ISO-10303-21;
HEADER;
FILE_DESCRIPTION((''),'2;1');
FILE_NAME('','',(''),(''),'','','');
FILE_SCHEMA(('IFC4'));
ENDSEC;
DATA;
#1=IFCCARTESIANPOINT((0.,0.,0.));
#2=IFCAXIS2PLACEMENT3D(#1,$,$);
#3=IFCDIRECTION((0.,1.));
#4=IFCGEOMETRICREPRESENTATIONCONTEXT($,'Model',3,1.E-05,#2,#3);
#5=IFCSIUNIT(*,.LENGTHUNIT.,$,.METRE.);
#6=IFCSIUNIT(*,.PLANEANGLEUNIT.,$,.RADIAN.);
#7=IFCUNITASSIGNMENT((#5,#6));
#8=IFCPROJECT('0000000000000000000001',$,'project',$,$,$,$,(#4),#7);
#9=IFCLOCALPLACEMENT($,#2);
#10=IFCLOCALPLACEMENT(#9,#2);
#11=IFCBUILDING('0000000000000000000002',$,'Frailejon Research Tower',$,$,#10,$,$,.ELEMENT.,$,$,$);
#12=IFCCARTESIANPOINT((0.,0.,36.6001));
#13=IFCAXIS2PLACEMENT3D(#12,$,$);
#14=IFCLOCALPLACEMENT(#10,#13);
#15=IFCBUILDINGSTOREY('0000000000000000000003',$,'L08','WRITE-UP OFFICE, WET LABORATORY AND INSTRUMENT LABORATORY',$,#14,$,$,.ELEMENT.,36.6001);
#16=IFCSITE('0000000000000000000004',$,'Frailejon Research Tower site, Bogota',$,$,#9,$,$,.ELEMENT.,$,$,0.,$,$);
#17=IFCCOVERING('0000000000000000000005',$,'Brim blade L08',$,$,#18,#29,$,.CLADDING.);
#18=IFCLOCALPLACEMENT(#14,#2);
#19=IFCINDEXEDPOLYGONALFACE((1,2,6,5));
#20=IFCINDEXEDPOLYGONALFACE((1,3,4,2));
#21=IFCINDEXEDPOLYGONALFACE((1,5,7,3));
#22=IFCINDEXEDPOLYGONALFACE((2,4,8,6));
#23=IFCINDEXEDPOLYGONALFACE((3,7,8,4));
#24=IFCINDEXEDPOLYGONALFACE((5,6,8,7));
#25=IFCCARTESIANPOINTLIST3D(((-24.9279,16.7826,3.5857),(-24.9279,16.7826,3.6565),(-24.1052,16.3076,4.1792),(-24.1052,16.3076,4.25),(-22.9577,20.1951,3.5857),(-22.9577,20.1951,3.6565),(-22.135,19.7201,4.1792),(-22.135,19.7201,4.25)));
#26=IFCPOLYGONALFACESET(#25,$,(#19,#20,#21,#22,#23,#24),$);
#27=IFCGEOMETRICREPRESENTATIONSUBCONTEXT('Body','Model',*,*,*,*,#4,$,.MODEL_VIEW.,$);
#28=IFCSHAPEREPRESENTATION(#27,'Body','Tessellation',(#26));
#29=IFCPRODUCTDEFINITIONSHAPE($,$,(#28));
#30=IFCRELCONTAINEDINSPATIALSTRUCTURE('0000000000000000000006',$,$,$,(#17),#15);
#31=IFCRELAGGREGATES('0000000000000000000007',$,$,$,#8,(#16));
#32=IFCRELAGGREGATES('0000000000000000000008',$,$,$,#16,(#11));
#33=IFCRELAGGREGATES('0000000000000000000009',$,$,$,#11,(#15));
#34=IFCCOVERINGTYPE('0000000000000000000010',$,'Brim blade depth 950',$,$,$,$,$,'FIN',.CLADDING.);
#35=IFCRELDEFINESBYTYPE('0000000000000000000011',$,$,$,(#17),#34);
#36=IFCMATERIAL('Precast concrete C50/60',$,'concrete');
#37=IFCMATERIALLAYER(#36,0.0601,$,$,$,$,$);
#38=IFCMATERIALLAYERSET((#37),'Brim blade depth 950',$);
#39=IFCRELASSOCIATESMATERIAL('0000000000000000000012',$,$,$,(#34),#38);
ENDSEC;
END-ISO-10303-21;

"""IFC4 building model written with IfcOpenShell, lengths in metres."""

from ifc_helpers import new_model, si_unit, direction, frame, origin, place, context, subcontext, project, spatial, polyline, outline, extrude, material, layer, layer_set, type_object, element, save


model = new_model("IFC4")

# Units and contexts
model_context = context("Model", 3, precision=1e-05, world=origin(), true_north=direction((0.0, 1.0)))
body_context = subcontext(model_context, "Body", "Model", "MODEL_VIEW")
ifc_project = project(units=[si_unit("LENGTHUNIT", "METRE"), si_unit("PLANEANGLEUNIT", "RADIAN")], contexts=[model_context])

# Site, building, storey
site_placement = place(None, origin())
site = spatial("IfcSite", under=ifc_project, at=site_placement, Name="Frailejon Research Tower site, Bogota", CompositionType="ELEMENT", RefElevation=0.0)
building_placement = place(site_placement, origin())
building = spatial("IfcBuilding", under=site, at=building_placement, Name="Frailejon Research Tower", CompositionType="ELEMENT")
storey_placement = place(building_placement, frame((0.0, 0.0, 36.6001)))
storey = spatial("IfcBuildingStorey", under=building, at=storey_placement, Name="L08", Description="WRITE-UP OFFICE, WET LABORATORY AND INSTRUMENT LABORATORY", CompositionType="ELEMENT", Elevation=36.6001)

# Covering
ifc_material_1 = material(Name="Precast concrete C50/60", Category="concrete")
ifc_layer_1 = layer(ifc_material_1, 0.0601)
ifc_layer_set_1 = layer_set([ifc_layer_1], Name="Brim blade depth 950")
covering_type_1 = type_object("IfcCoveringType", Name="Brim blade depth 950", ElementType="FIN", PredefinedType="CLADDING", material=ifc_layer_set_1)
covering_1_placement = place(storey_placement, frame((-24.1052, 16.3076, 4.25), z_axis=(0.499999, 0.866026, 0.0), x_axis=(-0.866026, 0.499999, 0.0)))
element("IfcCovering", 1, at=covering_1_placement, inside=storey, type_object=covering_type_1, Name="Brim blade L08", PredefinedType="CLADDING", context=body_context, shape_type="SweptSolid", body=[
    extrude(outline(polyline([(0.0, -0.0708), (0.95, -0.6643), (0.95, -0.5935), (0.0, 0.0), (0.0, -0.0708)])), origin(), (0.0, 0.0, 1.0), 3.9404),
])

save(model, "model.ifc")
